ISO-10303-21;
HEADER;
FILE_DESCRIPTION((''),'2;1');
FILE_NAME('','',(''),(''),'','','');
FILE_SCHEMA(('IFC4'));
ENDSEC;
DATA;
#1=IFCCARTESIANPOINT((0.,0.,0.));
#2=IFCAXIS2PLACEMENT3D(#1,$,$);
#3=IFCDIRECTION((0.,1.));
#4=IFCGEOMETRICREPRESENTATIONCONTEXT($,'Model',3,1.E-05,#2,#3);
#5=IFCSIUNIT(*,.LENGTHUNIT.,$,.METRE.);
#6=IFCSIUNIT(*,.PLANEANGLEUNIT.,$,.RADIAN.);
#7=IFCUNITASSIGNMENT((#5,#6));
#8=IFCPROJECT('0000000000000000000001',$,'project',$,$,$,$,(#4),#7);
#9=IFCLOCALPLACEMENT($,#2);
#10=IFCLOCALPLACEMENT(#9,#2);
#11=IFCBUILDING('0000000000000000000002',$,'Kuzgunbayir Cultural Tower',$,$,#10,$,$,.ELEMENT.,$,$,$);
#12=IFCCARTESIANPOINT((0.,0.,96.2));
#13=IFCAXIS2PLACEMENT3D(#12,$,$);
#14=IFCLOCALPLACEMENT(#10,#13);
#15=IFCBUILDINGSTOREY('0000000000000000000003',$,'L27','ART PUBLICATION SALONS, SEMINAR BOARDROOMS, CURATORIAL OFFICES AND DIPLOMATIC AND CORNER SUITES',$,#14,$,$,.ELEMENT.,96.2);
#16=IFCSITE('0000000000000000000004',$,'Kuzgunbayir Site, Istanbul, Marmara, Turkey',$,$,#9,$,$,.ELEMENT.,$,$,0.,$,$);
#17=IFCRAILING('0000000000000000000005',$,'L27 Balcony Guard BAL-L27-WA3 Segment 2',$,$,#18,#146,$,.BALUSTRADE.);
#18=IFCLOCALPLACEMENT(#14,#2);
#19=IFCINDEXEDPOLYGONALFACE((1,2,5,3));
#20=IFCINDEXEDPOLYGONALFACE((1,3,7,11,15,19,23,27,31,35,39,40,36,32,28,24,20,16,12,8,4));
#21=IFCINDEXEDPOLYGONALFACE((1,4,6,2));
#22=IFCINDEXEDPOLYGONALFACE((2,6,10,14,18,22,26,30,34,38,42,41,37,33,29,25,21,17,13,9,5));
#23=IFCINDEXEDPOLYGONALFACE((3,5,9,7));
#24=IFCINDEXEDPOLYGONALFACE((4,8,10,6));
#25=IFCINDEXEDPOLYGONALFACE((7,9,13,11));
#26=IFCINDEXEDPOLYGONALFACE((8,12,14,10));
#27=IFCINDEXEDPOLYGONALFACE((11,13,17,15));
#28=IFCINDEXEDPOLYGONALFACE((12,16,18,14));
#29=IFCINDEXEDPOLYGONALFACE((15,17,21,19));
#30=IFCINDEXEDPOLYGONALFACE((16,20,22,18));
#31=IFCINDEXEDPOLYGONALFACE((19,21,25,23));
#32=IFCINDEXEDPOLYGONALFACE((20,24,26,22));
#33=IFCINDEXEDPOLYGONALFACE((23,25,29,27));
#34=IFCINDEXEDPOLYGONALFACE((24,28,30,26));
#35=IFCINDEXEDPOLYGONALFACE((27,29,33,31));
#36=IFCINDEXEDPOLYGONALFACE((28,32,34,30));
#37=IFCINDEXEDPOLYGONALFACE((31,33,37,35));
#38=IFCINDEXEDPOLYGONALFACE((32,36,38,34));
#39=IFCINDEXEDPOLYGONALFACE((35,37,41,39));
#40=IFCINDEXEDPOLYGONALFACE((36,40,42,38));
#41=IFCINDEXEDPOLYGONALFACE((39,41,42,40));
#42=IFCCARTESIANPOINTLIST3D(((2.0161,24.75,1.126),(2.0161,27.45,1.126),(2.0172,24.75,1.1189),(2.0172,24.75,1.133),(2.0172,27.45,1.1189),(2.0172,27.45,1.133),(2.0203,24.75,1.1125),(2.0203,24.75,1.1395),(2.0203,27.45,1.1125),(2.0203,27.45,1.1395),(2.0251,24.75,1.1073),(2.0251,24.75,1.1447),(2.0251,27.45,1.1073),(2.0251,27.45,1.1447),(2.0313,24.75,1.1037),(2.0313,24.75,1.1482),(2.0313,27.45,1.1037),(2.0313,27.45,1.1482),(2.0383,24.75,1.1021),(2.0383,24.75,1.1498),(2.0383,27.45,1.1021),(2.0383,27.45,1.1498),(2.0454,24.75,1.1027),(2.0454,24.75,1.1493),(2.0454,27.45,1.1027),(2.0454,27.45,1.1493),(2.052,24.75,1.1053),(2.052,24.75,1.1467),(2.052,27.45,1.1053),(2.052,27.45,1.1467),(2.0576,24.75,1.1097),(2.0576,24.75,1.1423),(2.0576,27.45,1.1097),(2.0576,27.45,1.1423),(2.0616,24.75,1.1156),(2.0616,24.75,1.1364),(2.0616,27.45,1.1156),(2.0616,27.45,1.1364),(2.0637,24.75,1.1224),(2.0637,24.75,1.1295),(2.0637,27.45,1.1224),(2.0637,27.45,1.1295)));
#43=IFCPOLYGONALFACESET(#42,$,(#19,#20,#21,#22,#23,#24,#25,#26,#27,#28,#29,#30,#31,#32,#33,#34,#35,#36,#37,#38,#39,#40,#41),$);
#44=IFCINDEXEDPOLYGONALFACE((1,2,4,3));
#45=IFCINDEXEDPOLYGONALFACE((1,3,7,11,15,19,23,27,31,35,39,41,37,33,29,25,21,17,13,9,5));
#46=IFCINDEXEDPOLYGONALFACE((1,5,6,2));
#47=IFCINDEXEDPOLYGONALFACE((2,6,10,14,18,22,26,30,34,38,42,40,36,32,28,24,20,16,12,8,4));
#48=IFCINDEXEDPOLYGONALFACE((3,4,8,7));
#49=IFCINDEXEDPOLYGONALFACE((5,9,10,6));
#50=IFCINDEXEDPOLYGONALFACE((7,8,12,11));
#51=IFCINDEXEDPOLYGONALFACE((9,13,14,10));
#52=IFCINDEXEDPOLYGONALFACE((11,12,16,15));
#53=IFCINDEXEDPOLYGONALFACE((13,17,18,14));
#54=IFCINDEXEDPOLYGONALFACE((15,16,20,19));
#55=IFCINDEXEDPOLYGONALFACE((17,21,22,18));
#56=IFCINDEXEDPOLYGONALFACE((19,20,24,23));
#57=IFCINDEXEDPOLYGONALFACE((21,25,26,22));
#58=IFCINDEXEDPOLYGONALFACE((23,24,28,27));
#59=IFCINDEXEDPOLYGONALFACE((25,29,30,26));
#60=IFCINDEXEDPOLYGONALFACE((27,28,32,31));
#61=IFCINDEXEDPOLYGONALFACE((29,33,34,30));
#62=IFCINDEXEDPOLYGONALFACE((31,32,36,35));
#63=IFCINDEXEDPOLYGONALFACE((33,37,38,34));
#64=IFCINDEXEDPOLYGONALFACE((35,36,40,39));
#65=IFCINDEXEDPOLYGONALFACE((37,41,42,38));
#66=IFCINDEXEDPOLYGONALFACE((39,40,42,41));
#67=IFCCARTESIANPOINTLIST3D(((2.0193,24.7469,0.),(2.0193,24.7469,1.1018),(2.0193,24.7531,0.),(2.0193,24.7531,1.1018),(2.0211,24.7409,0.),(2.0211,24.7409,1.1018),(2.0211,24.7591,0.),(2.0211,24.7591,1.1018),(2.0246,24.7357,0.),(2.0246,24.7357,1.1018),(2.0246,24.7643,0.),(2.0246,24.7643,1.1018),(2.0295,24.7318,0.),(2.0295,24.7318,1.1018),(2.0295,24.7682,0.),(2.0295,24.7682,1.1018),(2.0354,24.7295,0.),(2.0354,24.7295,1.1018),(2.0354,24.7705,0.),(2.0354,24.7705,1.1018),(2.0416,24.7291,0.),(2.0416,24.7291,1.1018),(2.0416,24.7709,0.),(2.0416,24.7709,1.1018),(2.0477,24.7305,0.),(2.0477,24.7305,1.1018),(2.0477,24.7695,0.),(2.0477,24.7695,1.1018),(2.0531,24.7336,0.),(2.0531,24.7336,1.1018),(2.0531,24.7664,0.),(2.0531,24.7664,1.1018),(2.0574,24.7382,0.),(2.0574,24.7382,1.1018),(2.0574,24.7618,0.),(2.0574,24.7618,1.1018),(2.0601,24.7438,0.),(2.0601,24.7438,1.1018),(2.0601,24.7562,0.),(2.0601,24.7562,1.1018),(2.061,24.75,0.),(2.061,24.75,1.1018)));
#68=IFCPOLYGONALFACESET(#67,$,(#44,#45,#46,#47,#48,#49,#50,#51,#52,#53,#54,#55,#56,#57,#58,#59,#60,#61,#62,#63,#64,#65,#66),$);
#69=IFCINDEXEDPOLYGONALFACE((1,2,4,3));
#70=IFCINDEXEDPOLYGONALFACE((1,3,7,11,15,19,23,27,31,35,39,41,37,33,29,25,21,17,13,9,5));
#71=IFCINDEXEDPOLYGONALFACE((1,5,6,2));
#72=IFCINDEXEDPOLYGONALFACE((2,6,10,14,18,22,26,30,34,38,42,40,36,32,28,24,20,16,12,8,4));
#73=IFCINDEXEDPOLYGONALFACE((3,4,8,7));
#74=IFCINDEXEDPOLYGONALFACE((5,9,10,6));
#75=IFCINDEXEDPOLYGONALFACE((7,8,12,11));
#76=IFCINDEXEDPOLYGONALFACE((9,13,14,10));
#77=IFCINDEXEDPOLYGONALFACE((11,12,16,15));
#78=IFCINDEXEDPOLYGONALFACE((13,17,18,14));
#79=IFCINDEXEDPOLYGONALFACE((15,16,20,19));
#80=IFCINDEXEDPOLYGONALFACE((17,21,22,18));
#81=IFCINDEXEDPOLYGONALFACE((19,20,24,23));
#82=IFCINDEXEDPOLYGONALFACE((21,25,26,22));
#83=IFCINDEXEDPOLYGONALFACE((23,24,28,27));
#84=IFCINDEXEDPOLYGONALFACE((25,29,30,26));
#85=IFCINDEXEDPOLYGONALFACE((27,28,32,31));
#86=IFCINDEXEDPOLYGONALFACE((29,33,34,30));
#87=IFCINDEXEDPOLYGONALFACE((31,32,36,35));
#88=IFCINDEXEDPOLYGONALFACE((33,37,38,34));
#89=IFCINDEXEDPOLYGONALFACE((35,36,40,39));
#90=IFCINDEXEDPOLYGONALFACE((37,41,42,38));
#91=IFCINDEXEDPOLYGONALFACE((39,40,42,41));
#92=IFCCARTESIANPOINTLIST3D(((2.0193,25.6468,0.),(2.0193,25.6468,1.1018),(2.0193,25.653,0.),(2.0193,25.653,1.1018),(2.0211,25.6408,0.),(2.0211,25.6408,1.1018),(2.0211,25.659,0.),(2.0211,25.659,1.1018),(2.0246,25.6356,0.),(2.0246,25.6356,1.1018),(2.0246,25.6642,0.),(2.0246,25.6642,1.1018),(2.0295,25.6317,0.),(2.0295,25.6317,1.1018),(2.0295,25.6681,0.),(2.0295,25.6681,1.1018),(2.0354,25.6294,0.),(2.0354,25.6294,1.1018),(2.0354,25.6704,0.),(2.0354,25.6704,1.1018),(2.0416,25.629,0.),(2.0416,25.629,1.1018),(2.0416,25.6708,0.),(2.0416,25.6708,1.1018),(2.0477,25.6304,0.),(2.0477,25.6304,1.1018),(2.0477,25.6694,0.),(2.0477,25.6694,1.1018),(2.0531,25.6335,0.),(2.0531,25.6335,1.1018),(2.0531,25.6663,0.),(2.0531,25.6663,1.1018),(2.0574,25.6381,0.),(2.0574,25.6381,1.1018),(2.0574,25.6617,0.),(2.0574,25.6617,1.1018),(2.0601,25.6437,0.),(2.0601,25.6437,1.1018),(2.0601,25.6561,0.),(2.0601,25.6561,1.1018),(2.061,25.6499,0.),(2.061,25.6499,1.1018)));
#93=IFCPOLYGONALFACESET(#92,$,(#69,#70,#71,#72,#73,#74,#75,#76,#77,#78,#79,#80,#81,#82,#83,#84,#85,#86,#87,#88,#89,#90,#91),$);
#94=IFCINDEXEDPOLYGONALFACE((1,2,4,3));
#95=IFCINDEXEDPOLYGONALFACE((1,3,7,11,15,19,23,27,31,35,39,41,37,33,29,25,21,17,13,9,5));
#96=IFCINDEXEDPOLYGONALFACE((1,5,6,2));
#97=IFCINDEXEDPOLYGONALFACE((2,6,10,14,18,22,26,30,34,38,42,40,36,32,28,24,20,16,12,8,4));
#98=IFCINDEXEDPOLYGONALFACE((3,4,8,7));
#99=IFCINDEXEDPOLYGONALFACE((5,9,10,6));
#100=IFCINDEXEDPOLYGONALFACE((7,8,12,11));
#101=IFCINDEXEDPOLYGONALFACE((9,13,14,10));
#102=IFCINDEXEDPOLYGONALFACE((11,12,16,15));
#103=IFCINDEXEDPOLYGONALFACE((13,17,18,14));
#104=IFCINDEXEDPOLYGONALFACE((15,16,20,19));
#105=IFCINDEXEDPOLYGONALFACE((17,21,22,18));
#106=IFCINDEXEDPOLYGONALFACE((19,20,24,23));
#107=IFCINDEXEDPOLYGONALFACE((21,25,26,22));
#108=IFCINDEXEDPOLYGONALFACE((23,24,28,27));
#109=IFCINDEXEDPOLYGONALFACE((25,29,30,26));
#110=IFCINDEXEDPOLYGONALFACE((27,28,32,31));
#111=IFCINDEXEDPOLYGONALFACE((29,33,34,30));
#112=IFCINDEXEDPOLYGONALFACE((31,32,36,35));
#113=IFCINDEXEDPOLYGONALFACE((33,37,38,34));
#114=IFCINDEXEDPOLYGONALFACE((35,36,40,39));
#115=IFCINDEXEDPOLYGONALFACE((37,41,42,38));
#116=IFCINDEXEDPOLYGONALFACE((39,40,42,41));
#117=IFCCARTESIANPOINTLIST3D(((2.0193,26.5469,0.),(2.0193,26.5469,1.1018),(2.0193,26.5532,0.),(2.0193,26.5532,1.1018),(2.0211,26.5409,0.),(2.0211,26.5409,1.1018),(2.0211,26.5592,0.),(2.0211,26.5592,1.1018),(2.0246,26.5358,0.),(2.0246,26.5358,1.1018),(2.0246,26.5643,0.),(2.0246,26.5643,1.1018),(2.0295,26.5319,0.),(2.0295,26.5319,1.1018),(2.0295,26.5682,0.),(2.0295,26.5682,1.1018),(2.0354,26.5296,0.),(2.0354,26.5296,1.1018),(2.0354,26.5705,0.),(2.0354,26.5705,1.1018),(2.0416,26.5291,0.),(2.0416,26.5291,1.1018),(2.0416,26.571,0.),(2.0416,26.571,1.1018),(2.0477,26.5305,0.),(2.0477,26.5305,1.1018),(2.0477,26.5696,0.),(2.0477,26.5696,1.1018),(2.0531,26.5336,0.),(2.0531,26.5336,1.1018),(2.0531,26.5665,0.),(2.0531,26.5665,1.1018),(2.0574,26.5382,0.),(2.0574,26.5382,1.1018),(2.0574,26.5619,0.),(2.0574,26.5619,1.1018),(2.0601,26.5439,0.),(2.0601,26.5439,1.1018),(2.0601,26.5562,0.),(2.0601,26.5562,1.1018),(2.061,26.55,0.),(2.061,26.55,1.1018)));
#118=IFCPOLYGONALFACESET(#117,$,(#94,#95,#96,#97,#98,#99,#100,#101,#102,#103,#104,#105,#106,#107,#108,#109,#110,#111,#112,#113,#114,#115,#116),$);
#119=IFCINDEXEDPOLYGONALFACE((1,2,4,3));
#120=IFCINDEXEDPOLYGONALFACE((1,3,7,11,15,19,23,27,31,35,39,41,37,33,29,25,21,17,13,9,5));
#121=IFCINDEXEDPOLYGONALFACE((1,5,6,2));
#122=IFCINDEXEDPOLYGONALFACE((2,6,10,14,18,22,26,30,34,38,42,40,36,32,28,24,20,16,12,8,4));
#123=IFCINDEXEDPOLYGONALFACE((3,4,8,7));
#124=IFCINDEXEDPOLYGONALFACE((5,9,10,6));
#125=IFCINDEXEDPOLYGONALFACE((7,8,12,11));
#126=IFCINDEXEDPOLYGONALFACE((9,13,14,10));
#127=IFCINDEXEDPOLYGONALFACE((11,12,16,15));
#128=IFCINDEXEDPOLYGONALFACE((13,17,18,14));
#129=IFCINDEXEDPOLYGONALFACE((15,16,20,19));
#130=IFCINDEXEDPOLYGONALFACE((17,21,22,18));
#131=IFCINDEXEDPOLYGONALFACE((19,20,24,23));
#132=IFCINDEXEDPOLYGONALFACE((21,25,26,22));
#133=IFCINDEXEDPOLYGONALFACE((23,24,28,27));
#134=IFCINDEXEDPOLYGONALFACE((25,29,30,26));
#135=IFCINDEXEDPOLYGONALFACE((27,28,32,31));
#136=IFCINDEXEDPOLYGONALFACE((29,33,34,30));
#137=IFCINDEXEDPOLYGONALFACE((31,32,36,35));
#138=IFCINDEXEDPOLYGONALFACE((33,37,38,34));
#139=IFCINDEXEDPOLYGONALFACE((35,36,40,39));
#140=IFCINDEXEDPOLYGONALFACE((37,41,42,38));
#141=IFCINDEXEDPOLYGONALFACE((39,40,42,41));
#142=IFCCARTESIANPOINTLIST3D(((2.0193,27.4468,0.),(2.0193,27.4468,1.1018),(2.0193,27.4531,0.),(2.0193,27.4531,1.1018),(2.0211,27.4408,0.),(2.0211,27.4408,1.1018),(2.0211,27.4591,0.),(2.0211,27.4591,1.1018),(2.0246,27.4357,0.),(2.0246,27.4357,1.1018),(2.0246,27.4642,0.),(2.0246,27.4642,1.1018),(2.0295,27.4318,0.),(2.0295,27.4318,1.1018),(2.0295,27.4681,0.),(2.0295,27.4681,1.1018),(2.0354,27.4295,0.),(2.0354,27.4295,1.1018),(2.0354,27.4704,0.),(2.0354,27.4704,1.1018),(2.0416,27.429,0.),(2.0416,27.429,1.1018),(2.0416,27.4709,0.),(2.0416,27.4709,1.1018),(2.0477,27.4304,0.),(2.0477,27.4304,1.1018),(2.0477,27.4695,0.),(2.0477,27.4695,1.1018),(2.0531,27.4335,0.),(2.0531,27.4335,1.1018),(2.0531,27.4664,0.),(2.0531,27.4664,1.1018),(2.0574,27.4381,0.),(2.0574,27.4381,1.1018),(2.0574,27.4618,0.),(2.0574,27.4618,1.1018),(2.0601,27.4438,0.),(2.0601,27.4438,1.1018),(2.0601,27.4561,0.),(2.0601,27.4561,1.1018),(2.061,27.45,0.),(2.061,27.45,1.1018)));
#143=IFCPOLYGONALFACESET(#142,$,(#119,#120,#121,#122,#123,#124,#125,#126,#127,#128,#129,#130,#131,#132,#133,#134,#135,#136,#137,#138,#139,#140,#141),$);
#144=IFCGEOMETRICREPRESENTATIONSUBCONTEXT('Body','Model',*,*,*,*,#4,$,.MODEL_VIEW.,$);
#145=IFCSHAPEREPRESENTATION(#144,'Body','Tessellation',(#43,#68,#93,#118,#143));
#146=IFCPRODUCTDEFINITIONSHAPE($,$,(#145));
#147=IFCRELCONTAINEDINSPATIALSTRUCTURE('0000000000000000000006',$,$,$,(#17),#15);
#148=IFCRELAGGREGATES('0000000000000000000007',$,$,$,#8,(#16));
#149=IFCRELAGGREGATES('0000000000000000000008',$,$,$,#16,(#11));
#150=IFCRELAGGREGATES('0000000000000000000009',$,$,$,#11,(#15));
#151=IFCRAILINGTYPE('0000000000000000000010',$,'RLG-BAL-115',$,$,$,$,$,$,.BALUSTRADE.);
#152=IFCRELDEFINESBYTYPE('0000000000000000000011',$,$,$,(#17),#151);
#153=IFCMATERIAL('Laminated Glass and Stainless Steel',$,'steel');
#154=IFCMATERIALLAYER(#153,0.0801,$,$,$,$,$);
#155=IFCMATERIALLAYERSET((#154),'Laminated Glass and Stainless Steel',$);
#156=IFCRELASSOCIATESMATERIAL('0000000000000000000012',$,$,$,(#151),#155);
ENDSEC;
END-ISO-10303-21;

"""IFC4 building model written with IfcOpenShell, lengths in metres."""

from ifc_helpers import new_model, si_unit, direction, frame, origin, origin_2d, place, context, subcontext, project, spatial, circle, extrude, material, layer, layer_set, type_object, element, save


model = new_model("IFC4")

# Units and contexts
model_context = context("Model", 3, precision=1e-05, world=origin(), true_north=direction((0.0, 1.0)))
body_context = subcontext(model_context, "Body", "Model", "MODEL_VIEW")
ifc_project = project(units=[si_unit("LENGTHUNIT", "METRE"), si_unit("PLANEANGLEUNIT", "RADIAN")], contexts=[model_context])

# Site, building, storey
site_placement = place(None, origin())
site = spatial("IfcSite", under=ifc_project, at=site_placement, Name="Kuzgunbayir Site, Istanbul, Marmara, Turkey", CompositionType="ELEMENT", RefElevation=0.0)
building_placement = place(site_placement, origin())
building = spatial("IfcBuilding", under=site, at=building_placement, Name="Kuzgunbayir Cultural Tower", CompositionType="ELEMENT")
storey_placement = place(building_placement, frame((0.0, 0.0, 96.2)))
storey = spatial("IfcBuildingStorey", under=building, at=storey_placement, Name="L27", Description="ART PUBLICATION SALONS, SEMINAR BOARDROOMS, CURATORIAL OFFICES AND DIPLOMATIC AND CORNER SUITES", CompositionType="ELEMENT", Elevation=96.2)

# Railing
ifc_material_1 = material(Name="Laminated Glass and Stainless Steel", Category="steel")
ifc_layer_1 = layer(ifc_material_1, 0.0801)
ifc_layer_set_1 = layer_set([ifc_layer_1], Name="Laminated Glass and Stainless Steel")
railing_type = type_object("IfcRailingType", Name="RLG-BAL-115", PredefinedType="BALUSTRADE", material=ifc_layer_set_1)
railing_1_placement = place(storey_placement, frame((2.04, 24.75, 0.0)))
element("IfcRailing", 1, at=railing_1_placement, inside=storey, type_object=railing_type, Name="L27 Balcony Guard BAL-L27-WA3 Segment 2", PredefinedType="BALUSTRADE", context=body_context, shape_type="SweptSolid", body=[
    extrude(circle(Radius=0.0239, at=origin_2d()), frame((0.0, 0.0, 1.126), z_axis=(0.0, 1.0, 0.0), x_axis=(-1.0, 0.0, 0.0)), (0.0, 0.0, 1.0), 2.7),
    extrude(circle(Radius=0.021, at=origin_2d()), origin(), (0.0, 0.0, 1.0), 1.1018),
    extrude(circle(Radius=0.021, at=origin_2d()), frame((0.0, 0.8999, 0.0)), (0.0, 0.0, 1.0), 1.1018),
    extrude(circle(Radius=0.021, at=origin_2d()), frame((0.0, 1.8, 0.0)), (0.0, 0.0, 1.0), 1.1018),
    extrude(circle(Radius=0.021, at=origin_2d()), frame((0.0, 2.7, 0.0)), (0.0, 0.0, 1.0), 1.1018),
])

save(model, "model.ifc")
